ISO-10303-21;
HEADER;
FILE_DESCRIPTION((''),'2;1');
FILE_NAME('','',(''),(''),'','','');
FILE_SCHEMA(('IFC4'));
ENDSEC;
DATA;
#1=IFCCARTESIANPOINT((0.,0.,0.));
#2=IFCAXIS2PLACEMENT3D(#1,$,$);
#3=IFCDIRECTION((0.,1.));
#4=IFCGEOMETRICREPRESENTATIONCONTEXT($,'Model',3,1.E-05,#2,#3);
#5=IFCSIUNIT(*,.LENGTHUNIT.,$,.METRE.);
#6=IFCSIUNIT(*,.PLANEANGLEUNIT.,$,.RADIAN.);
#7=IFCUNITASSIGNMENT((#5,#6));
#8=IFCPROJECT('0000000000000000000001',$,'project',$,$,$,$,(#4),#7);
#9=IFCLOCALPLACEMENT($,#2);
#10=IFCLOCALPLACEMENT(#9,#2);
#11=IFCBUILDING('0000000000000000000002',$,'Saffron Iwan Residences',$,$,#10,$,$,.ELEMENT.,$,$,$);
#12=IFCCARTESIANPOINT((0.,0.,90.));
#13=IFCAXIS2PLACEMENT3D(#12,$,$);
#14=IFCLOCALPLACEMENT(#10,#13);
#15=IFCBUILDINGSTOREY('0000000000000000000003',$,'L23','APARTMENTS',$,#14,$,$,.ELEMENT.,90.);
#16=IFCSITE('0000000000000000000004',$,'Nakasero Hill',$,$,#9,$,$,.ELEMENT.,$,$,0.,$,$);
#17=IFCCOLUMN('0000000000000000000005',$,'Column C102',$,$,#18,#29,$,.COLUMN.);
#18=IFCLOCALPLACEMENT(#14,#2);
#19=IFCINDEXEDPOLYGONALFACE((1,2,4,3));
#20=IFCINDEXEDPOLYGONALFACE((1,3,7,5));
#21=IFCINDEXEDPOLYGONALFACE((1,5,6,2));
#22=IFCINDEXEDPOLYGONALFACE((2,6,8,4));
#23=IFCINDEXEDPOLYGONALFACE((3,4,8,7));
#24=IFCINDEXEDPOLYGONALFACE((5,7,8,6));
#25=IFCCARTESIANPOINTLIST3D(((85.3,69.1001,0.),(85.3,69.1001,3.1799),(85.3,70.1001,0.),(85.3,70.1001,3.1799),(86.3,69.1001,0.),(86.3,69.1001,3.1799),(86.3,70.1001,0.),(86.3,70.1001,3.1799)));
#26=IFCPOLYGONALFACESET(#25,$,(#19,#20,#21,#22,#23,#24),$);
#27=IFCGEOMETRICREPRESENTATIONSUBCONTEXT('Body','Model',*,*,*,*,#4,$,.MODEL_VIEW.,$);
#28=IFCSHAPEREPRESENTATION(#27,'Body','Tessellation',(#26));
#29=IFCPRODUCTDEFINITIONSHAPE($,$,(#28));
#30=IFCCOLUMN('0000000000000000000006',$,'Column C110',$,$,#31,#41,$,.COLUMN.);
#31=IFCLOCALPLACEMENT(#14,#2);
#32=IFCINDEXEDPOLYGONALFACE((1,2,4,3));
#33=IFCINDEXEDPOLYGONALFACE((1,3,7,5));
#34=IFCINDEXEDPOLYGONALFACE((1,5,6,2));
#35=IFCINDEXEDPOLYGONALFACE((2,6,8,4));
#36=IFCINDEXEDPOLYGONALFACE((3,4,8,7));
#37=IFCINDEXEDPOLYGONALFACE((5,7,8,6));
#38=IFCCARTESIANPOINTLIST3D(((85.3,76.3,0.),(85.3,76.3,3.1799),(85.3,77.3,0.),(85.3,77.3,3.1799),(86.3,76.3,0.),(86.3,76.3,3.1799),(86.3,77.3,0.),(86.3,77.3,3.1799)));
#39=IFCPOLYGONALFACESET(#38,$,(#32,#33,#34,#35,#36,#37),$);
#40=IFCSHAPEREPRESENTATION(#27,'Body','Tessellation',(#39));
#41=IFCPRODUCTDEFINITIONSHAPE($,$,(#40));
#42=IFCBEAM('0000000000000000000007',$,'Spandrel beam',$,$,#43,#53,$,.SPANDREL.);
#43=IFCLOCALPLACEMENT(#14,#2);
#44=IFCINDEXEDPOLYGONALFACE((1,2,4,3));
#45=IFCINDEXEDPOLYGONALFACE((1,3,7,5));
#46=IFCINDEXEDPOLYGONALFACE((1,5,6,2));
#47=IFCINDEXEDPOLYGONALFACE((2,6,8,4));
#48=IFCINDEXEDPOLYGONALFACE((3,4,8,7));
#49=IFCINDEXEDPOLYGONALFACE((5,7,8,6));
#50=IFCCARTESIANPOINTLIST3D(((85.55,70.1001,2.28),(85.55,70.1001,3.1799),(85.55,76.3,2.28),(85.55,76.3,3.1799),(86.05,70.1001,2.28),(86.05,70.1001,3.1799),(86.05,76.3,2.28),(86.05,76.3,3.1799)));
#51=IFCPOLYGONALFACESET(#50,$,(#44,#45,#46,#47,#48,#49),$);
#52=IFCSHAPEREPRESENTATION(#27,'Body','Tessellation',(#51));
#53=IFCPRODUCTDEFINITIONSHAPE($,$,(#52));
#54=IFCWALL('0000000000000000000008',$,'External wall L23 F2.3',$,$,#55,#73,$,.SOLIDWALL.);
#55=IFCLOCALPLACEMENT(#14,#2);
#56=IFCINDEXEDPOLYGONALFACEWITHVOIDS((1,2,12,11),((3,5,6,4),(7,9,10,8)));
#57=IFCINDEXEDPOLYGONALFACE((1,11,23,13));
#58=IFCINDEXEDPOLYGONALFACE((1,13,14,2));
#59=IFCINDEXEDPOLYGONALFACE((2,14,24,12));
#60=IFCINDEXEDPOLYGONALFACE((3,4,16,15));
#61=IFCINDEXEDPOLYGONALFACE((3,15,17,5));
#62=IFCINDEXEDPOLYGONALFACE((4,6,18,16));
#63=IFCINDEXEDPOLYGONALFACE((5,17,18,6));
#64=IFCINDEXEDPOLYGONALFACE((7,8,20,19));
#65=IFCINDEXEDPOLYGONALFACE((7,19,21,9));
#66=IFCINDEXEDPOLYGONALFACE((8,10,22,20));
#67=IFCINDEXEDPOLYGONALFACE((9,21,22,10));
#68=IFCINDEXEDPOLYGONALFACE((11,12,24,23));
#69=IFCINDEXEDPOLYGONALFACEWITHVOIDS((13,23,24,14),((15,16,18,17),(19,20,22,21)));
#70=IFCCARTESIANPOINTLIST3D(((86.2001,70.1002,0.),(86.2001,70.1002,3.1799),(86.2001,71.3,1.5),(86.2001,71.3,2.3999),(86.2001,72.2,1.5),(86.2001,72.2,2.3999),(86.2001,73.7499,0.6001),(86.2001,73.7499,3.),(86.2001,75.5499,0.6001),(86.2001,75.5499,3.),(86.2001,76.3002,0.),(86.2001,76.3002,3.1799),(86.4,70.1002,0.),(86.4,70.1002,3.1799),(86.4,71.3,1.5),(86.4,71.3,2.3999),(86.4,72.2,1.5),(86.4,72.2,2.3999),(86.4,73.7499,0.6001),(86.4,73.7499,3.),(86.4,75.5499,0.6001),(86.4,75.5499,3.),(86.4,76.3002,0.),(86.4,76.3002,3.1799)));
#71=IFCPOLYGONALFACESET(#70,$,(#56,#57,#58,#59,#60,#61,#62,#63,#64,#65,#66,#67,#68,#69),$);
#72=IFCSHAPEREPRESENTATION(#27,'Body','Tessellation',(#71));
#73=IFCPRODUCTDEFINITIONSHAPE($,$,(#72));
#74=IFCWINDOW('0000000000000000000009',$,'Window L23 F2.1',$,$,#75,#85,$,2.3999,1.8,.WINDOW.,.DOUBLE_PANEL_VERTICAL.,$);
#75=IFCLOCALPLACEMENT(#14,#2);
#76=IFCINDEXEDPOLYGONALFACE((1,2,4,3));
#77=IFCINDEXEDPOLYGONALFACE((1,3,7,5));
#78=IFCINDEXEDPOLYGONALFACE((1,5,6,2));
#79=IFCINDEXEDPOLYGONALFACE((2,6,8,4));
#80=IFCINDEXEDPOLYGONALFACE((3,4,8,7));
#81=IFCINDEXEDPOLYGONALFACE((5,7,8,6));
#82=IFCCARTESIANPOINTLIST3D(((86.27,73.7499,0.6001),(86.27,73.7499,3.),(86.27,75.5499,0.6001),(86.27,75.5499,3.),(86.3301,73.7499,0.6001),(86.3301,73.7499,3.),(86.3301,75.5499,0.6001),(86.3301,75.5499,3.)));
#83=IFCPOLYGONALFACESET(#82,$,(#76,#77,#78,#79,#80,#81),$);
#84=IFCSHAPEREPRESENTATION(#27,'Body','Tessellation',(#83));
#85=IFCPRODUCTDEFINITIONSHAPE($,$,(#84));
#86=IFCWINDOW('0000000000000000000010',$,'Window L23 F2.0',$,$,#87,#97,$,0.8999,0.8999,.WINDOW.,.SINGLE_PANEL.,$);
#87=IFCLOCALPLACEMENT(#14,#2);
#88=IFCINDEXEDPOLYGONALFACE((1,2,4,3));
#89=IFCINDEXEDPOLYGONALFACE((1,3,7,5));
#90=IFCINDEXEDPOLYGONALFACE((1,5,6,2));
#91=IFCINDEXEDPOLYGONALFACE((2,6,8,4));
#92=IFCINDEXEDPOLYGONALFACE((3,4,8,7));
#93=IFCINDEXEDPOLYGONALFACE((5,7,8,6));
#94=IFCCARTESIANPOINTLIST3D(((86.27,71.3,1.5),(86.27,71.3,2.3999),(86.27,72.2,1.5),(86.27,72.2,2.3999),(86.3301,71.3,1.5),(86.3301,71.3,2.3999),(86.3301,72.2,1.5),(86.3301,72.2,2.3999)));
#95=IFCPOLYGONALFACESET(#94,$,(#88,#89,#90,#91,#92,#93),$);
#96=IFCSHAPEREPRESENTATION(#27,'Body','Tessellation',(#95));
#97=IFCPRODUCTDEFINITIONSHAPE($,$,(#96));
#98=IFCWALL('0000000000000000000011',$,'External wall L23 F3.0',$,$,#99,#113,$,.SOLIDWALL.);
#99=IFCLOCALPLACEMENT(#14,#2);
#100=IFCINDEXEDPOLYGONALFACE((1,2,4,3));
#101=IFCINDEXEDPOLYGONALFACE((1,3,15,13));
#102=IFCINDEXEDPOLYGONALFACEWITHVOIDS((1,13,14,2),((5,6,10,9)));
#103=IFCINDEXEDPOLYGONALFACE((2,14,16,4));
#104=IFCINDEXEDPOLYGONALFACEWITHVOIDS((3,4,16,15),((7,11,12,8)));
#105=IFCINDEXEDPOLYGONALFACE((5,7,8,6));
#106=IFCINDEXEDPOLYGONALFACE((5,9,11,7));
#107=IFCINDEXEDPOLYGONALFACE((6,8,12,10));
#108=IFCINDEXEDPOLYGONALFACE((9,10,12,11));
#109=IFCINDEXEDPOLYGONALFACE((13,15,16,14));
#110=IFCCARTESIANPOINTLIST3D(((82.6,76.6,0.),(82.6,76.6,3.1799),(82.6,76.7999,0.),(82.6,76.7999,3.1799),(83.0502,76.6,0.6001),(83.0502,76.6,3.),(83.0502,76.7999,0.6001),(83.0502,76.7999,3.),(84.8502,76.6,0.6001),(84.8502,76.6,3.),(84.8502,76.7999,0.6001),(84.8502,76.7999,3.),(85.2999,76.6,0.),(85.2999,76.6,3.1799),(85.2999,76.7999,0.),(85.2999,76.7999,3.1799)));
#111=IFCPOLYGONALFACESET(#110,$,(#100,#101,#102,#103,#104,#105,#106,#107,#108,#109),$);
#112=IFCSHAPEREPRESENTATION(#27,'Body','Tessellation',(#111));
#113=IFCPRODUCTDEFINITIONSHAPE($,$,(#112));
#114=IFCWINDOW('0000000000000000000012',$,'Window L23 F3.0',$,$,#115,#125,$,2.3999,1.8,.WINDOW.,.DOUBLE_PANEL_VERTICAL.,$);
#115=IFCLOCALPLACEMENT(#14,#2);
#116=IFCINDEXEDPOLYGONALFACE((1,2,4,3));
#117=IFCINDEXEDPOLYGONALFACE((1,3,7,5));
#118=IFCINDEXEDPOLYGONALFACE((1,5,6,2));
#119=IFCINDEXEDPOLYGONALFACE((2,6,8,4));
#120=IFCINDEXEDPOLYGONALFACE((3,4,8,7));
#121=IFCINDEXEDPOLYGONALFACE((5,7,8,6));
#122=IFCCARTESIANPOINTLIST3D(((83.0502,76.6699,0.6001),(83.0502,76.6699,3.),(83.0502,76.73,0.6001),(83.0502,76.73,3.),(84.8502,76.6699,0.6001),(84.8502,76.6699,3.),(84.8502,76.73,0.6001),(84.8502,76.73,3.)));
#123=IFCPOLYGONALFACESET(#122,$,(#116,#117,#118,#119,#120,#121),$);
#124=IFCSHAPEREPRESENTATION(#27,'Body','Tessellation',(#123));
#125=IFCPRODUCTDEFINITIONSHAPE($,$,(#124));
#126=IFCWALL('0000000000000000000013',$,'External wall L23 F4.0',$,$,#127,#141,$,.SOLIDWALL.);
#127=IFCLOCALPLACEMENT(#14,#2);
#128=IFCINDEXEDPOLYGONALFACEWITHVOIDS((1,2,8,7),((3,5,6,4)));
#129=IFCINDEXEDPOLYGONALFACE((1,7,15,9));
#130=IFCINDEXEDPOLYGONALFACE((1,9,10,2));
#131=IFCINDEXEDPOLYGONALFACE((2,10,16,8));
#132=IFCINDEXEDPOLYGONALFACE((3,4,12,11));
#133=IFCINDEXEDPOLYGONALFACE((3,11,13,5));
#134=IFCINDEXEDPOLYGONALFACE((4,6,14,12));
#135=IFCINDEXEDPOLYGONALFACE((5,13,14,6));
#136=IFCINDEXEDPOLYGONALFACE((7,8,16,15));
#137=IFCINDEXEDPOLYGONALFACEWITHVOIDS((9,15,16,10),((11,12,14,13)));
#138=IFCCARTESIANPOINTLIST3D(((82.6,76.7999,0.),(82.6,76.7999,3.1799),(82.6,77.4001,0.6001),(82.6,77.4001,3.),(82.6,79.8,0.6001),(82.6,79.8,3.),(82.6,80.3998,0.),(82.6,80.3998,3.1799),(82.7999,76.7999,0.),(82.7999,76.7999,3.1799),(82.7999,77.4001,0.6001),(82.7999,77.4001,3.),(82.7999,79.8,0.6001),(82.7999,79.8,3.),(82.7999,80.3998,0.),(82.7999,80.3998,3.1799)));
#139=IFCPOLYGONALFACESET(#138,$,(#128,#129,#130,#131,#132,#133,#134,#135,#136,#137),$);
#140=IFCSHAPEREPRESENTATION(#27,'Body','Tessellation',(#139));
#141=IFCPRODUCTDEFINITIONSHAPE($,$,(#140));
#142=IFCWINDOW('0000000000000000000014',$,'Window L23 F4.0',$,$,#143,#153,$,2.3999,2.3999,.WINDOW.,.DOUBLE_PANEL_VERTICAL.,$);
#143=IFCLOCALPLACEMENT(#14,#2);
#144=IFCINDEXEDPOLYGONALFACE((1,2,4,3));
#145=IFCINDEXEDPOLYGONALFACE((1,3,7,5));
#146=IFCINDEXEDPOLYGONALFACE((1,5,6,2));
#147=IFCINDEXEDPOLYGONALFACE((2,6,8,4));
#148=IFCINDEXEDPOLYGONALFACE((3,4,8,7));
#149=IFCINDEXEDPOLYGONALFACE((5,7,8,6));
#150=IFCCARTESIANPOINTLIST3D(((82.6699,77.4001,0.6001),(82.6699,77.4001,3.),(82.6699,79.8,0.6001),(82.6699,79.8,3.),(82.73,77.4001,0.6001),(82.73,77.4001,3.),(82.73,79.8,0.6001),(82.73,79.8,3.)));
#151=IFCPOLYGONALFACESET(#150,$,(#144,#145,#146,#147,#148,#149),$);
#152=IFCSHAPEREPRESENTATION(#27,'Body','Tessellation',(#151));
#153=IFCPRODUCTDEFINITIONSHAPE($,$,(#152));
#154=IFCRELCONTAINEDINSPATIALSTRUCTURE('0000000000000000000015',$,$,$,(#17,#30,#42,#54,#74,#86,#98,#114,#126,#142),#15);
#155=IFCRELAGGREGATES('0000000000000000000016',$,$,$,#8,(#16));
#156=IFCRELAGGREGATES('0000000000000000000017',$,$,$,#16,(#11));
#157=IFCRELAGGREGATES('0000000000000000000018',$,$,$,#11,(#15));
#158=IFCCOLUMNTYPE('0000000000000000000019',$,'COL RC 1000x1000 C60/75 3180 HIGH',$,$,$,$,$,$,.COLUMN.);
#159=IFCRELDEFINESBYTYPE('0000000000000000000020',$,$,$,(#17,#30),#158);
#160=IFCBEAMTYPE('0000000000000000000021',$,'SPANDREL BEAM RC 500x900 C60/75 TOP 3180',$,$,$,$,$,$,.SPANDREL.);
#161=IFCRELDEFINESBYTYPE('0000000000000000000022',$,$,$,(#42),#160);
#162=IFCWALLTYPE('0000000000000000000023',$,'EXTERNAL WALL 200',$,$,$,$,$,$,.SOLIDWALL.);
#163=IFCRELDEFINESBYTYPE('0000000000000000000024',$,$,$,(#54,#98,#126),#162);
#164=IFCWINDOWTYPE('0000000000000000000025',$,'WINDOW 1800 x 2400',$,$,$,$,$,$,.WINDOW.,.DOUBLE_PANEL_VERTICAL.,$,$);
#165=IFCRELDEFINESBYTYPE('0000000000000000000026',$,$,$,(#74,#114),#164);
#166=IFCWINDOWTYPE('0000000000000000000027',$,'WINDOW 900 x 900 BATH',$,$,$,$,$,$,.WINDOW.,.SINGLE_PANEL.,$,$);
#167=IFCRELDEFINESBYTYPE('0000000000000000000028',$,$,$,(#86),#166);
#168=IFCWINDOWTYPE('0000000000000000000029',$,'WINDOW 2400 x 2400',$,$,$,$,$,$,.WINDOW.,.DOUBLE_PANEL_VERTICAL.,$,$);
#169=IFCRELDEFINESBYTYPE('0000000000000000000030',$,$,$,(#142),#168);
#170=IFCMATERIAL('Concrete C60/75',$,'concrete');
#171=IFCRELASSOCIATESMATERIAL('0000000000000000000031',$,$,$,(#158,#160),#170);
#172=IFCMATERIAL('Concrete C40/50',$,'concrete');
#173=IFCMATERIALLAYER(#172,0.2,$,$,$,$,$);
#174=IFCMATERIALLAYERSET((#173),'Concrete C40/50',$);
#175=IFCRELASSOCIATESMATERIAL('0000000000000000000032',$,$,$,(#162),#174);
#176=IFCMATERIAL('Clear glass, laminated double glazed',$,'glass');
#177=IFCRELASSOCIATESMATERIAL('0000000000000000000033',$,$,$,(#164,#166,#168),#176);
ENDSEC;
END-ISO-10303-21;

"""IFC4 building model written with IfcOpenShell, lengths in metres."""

from ifc_helpers import new_model, si_unit, direction, frame, frame_2d, origin, origin_2d, place, context, subcontext, project, spatial, rectangle, extrude, source, transform, mapped, material, layer, layer_set, material_profile, profile_set, type_object, element, fill, save


model = new_model("IFC4")

# Units and contexts
model_context = context("Model", 3, precision=1e-05, world=origin(), true_north=direction((0.0, 1.0)))
body_context = subcontext(model_context, "Body", "Model", "MODEL_VIEW")
ifc_project = project(units=[si_unit("LENGTHUNIT", "METRE"), si_unit("PLANEANGLEUNIT", "RADIAN")], contexts=[model_context])

# Site, building, storey
site_placement = place(None, origin())
site = spatial("IfcSite", under=ifc_project, at=site_placement, Name="Nakasero Hill", CompositionType="ELEMENT", RefElevation=0.0)
building_placement = place(site_placement, origin())
building = spatial("IfcBuilding", under=site, at=building_placement, Name="Saffron Iwan Residences", CompositionType="ELEMENT")
storey_placement = place(building_placement, frame((0.0, 0.0, 90.0)))
storey = spatial("IfcBuildingStorey", under=building, at=storey_placement, Name="L23", Description="APARTMENTS", CompositionType="ELEMENT", Elevation=90.0)

# Columns
ifc_material_1 = material(Name="Concrete C60/75", Category="concrete")
ifc_material_profile_1 = material_profile(ifc_material_1, rectangle(XDim=1.0, YDim=1.0, at=origin_2d()), Name="RC 1000x1000")
ifc_profile_set_1 = profile_set([ifc_material_profile_1], Name="Concrete C60/75")
column_type = type_object("IfcColumnType", Name="COL RC 1000x1000 C60/75 3180 HIGH", PredefinedType="COLUMN", material=ifc_profile_set_1)
shared_shape_1 = source(origin(), body_context, "Body", "SweptSolid", [
    extrude(rectangle(XDim=1.0, YDim=1.0, at=origin_2d()), origin(), (0.0, 0.0, 1.0), 3.1799),
])
for number, where, z_axis, x_axis, name in (
    (1, (85.8, 69.6001, 0.0), (0.0, 0.0, 1.0), (1.0, 0.0, 0.0), "Column C102"),
    (2, (85.8, 76.8, 0.0), (0.0, 0.0, 1.0), (1.0, 0.0, 0.0), "Column C110"),
):
    element("IfcColumn", number, at=place(storey_placement, frame(where, z_axis=z_axis, x_axis=x_axis)), inside=storey, type_object=column_type, Name=name, PredefinedType="COLUMN", context=body_context, shape_type="MappedRepresentation", body=[
        mapped(shared_shape_1, transform((0.0, 0.0, 0.0))),
    ])

# Beam
ifc_material_profile_2 = material_profile(ifc_material_1, rectangle(XDim=0.5, YDim=0.8999, at=origin_2d()), Name="RC 500x900")
ifc_profile_set_2 = profile_set([ifc_material_profile_2], Name="Concrete C60/75")
beam_type = type_object("IfcBeamType", Name="SPANDREL BEAM RC 500x900 C60/75 TOP 3180", PredefinedType="SPANDREL", material=ifc_profile_set_2)
shared_shape_2 = source(origin(), body_context, "Body", "SweptSolid", [
    extrude(rectangle(XDim=0.5, YDim=0.8999, at=origin_2d()), origin(), (0.0, 0.0, 1.0), 6.2),
])
beam_placement = place(storey_placement, frame((85.8, 76.3, 2.73), z_axis=(0.0, -1.0, 0.0), x_axis=(1.0, 0.0, 0.0)))
element("IfcBeam", 3, at=beam_placement, inside=storey, type_object=beam_type, Name="Spandrel beam", PredefinedType="SPANDREL", context=body_context, shape_type="MappedRepresentation", body=[
    mapped(shared_shape_2, transform((0.0, 0.0, 0.0))),
])

# Wall, openings, windows
ifc_material_2 = material(Name="Concrete C40/50", Category="concrete")
ifc_layer = layer(ifc_material_2, 0.2)
ifc_layer_set = layer_set([ifc_layer], Name="Concrete C40/50")
wall_type = type_object("IfcWallType", Name="EXTERNAL WALL 200", PredefinedType="SOLIDWALL", material=ifc_layer_set)
wall_1_placement = place(storey_placement, frame((86.3, 70.1001, 0.0), z_axis=(0.0, 0.0, 1.0), x_axis=(0.0, 1.0, 0.0)))
wall_1 = element("IfcWall", 4, at=wall_1_placement, inside=storey, type_object=wall_type, Name="External wall L23 F2.3", PredefinedType="SOLIDWALL", context=body_context, shape_type="SweptSolid", body=[
    extrude(rectangle(XDim=6.2, YDim=0.2, at=frame_2d((3.1001, 0.0))), origin(), (0.0, 0.0, 1.0), 3.1799),
])
opening_1_placement = place(wall_1_placement, frame((1.2, 0.0, 1.5)))
opening_1 = element("IfcOpeningElement", 5, at=opening_1_placement, cuts=wall_1, PredefinedType="OPENING", context=body_context, shape_type="SweptSolid", body=[
    extrude(rectangle(XDim=0.8999, YDim=0.8999, at=frame_2d((0.45, 0.45))), frame((0.0, 0.1099, 0.0), z_axis=(0.0, -1.0, 0.0), x_axis=(1.0, 0.0, 0.0)), (0.0, 0.0, 1.0), 0.22),
])
opening_2_placement = place(wall_1_placement, frame((3.6499, 0.0, 0.6001)))
opening_2 = element("IfcOpeningElement", 6, at=opening_2_placement, cuts=wall_1, PredefinedType="OPENING", context=body_context, shape_type="SweptSolid", body=[
    extrude(rectangle(XDim=1.8, YDim=2.3999, at=frame_2d((0.8999, 1.2))), frame((0.0, 0.1099, 0.0), z_axis=(0.0, -1.0, 0.0), x_axis=(1.0, 0.0, 0.0)), (0.0, 0.0, 1.0), 0.22),
])
ifc_material_3 = material(Name="Clear glass, laminated double glazed", Category="glass")
window_type_1 = type_object("IfcWindowType", Name="WINDOW 1800 x 2400", PartitioningType="DOUBLE_PANEL_VERTICAL", PredefinedType="WINDOW", material=ifc_material_3)
window_1_placement = place(opening_2_placement, origin())
window_1 = element("IfcWindow", 7, at=window_1_placement, inside=storey, type_object=window_type_1, Name="Window L23 F2.1", OverallHeight=2.3999, OverallWidth=1.8, PartitioningType="DOUBLE_PANEL_VERTICAL", PredefinedType="WINDOW", context=body_context, shape_type="SweptSolid", body=[
    extrude(rectangle(XDim=1.8, YDim=2.3999, at=frame_2d((0.8999, 1.2))), frame((0.0, 0.03, 0.0), z_axis=(0.0, -1.0, 0.0), x_axis=(1.0, 0.0, 0.0)), (0.0, 0.0, 1.0), 0.0601),
])
fill(opening_2, window_1)
window_type_2 = type_object("IfcWindowType", Name="WINDOW 900 x 900 BATH", PartitioningType="SINGLE_PANEL", PredefinedType="WINDOW", material=ifc_material_3)
window_2_placement = place(opening_1_placement, origin())
window_2 = element("IfcWindow", 8, at=window_2_placement, inside=storey, type_object=window_type_2, Name="Window L23 F2.0", OverallHeight=0.8999, OverallWidth=0.8999, PartitioningType="SINGLE_PANEL", PredefinedType="WINDOW", context=body_context, shape_type="SweptSolid", body=[
    extrude(rectangle(XDim=0.8999, YDim=0.8999, at=frame_2d((0.45, 0.45))), frame((0.0, 0.03, 0.0), z_axis=(0.0, -1.0, 0.0), x_axis=(1.0, 0.0, 0.0)), (0.0, 0.0, 1.0), 0.0601),
])
fill(opening_1, window_2)

# Walls, openings, windows
wall_2_placement = place(storey_placement, frame((85.3, 76.7, 0.0), z_axis=(0.0, 0.0, 1.0), x_axis=(-1.0, 0.0, 0.0)))
wall_2 = element("IfcWall", 9, at=wall_2_placement, inside=storey, type_object=wall_type, Name="External wall L23 F3.0", PredefinedType="SOLIDWALL", context=body_context, shape_type="SweptSolid", body=[
    extrude(rectangle(XDim=2.7, YDim=0.2, at=frame_2d((1.3501, 0.0))), origin(), (0.0, 0.0, 1.0), 3.1799),
])
opening_3_placement = place(wall_2_placement, frame((0.45, 0.0, 0.6001)))
opening_3 = element("IfcOpeningElement", 10, at=opening_3_placement, cuts=wall_2, PredefinedType="OPENING", context=body_context, shape_type="SweptSolid", body=[
    extrude(rectangle(XDim=1.8, YDim=2.3999, at=frame_2d((0.8999, 1.2))), frame((0.0, 0.1099, 0.0), z_axis=(0.0, -1.0, 0.0), x_axis=(1.0, 0.0, 0.0)), (0.0, 0.0, 1.0), 0.22),
])
window_3_placement = place(opening_3_placement, origin())
window_3 = element("IfcWindow", 11, at=window_3_placement, inside=storey, type_object=window_type_1, Name="Window L23 F3.0", OverallHeight=2.3999, OverallWidth=1.8, PartitioningType="DOUBLE_PANEL_VERTICAL", PredefinedType="WINDOW", context=body_context, shape_type="SweptSolid", body=[
    extrude(rectangle(XDim=1.8, YDim=2.3999, at=frame_2d((0.8999, 1.2))), frame((0.0, 0.03, 0.0), z_axis=(0.0, -1.0, 0.0), x_axis=(1.0, 0.0, 0.0)), (0.0, 0.0, 1.0), 0.0601),
])
fill(opening_3, window_3)
wall_3_placement = place(storey_placement, frame((82.7, 76.8, 0.0), z_axis=(0.0, 0.0, 1.0), x_axis=(0.0, 1.0, 0.0)))
wall_3 = element("IfcWall", 12, at=wall_3_placement, inside=storey, type_object=wall_type, Name="External wall L23 F4.0", PredefinedType="SOLIDWALL", context=body_context, shape_type="SweptSolid", body=[
    extrude(rectangle(XDim=3.5999, YDim=0.2, at=frame_2d((1.7998, 0.0))), origin(), (0.0, 0.0, 1.0), 3.1799),
])
opening_4_placement = place(wall_3_placement, frame((0.6001, 0.0, 0.6001)))
opening_4 = element("IfcOpeningElement", 13, at=opening_4_placement, cuts=wall_3, PredefinedType="OPENING", context=body_context, shape_type="SweptSolid", body=[
    extrude(rectangle(XDim=2.3999, YDim=2.3999, at=frame_2d((1.2, 1.2))), frame((0.0, 0.1099, 0.0), z_axis=(0.0, -1.0, 0.0), x_axis=(1.0, 0.0, 0.0)), (0.0, 0.0, 1.0), 0.22),
])
window_type_3 = type_object("IfcWindowType", Name="WINDOW 2400 x 2400", PartitioningType="DOUBLE_PANEL_VERTICAL", PredefinedType="WINDOW", material=ifc_material_3)
window_4_placement = place(opening_4_placement, origin())
window_4 = element("IfcWindow", 14, at=window_4_placement, inside=storey, type_object=window_type_3, Name="Window L23 F4.0", OverallHeight=2.3999, OverallWidth=2.3999, PartitioningType="DOUBLE_PANEL_VERTICAL", PredefinedType="WINDOW", context=body_context, shape_type="SweptSolid", body=[
    extrude(rectangle(XDim=2.3999, YDim=2.3999, at=frame_2d((1.2, 1.2))), frame((0.0, 0.03, 0.0), z_axis=(0.0, -1.0, 0.0), x_axis=(1.0, 0.0, 0.0)), (0.0, 0.0, 1.0), 0.0601),
])
fill(opening_4, window_4)

save(model, "model.ifc")
